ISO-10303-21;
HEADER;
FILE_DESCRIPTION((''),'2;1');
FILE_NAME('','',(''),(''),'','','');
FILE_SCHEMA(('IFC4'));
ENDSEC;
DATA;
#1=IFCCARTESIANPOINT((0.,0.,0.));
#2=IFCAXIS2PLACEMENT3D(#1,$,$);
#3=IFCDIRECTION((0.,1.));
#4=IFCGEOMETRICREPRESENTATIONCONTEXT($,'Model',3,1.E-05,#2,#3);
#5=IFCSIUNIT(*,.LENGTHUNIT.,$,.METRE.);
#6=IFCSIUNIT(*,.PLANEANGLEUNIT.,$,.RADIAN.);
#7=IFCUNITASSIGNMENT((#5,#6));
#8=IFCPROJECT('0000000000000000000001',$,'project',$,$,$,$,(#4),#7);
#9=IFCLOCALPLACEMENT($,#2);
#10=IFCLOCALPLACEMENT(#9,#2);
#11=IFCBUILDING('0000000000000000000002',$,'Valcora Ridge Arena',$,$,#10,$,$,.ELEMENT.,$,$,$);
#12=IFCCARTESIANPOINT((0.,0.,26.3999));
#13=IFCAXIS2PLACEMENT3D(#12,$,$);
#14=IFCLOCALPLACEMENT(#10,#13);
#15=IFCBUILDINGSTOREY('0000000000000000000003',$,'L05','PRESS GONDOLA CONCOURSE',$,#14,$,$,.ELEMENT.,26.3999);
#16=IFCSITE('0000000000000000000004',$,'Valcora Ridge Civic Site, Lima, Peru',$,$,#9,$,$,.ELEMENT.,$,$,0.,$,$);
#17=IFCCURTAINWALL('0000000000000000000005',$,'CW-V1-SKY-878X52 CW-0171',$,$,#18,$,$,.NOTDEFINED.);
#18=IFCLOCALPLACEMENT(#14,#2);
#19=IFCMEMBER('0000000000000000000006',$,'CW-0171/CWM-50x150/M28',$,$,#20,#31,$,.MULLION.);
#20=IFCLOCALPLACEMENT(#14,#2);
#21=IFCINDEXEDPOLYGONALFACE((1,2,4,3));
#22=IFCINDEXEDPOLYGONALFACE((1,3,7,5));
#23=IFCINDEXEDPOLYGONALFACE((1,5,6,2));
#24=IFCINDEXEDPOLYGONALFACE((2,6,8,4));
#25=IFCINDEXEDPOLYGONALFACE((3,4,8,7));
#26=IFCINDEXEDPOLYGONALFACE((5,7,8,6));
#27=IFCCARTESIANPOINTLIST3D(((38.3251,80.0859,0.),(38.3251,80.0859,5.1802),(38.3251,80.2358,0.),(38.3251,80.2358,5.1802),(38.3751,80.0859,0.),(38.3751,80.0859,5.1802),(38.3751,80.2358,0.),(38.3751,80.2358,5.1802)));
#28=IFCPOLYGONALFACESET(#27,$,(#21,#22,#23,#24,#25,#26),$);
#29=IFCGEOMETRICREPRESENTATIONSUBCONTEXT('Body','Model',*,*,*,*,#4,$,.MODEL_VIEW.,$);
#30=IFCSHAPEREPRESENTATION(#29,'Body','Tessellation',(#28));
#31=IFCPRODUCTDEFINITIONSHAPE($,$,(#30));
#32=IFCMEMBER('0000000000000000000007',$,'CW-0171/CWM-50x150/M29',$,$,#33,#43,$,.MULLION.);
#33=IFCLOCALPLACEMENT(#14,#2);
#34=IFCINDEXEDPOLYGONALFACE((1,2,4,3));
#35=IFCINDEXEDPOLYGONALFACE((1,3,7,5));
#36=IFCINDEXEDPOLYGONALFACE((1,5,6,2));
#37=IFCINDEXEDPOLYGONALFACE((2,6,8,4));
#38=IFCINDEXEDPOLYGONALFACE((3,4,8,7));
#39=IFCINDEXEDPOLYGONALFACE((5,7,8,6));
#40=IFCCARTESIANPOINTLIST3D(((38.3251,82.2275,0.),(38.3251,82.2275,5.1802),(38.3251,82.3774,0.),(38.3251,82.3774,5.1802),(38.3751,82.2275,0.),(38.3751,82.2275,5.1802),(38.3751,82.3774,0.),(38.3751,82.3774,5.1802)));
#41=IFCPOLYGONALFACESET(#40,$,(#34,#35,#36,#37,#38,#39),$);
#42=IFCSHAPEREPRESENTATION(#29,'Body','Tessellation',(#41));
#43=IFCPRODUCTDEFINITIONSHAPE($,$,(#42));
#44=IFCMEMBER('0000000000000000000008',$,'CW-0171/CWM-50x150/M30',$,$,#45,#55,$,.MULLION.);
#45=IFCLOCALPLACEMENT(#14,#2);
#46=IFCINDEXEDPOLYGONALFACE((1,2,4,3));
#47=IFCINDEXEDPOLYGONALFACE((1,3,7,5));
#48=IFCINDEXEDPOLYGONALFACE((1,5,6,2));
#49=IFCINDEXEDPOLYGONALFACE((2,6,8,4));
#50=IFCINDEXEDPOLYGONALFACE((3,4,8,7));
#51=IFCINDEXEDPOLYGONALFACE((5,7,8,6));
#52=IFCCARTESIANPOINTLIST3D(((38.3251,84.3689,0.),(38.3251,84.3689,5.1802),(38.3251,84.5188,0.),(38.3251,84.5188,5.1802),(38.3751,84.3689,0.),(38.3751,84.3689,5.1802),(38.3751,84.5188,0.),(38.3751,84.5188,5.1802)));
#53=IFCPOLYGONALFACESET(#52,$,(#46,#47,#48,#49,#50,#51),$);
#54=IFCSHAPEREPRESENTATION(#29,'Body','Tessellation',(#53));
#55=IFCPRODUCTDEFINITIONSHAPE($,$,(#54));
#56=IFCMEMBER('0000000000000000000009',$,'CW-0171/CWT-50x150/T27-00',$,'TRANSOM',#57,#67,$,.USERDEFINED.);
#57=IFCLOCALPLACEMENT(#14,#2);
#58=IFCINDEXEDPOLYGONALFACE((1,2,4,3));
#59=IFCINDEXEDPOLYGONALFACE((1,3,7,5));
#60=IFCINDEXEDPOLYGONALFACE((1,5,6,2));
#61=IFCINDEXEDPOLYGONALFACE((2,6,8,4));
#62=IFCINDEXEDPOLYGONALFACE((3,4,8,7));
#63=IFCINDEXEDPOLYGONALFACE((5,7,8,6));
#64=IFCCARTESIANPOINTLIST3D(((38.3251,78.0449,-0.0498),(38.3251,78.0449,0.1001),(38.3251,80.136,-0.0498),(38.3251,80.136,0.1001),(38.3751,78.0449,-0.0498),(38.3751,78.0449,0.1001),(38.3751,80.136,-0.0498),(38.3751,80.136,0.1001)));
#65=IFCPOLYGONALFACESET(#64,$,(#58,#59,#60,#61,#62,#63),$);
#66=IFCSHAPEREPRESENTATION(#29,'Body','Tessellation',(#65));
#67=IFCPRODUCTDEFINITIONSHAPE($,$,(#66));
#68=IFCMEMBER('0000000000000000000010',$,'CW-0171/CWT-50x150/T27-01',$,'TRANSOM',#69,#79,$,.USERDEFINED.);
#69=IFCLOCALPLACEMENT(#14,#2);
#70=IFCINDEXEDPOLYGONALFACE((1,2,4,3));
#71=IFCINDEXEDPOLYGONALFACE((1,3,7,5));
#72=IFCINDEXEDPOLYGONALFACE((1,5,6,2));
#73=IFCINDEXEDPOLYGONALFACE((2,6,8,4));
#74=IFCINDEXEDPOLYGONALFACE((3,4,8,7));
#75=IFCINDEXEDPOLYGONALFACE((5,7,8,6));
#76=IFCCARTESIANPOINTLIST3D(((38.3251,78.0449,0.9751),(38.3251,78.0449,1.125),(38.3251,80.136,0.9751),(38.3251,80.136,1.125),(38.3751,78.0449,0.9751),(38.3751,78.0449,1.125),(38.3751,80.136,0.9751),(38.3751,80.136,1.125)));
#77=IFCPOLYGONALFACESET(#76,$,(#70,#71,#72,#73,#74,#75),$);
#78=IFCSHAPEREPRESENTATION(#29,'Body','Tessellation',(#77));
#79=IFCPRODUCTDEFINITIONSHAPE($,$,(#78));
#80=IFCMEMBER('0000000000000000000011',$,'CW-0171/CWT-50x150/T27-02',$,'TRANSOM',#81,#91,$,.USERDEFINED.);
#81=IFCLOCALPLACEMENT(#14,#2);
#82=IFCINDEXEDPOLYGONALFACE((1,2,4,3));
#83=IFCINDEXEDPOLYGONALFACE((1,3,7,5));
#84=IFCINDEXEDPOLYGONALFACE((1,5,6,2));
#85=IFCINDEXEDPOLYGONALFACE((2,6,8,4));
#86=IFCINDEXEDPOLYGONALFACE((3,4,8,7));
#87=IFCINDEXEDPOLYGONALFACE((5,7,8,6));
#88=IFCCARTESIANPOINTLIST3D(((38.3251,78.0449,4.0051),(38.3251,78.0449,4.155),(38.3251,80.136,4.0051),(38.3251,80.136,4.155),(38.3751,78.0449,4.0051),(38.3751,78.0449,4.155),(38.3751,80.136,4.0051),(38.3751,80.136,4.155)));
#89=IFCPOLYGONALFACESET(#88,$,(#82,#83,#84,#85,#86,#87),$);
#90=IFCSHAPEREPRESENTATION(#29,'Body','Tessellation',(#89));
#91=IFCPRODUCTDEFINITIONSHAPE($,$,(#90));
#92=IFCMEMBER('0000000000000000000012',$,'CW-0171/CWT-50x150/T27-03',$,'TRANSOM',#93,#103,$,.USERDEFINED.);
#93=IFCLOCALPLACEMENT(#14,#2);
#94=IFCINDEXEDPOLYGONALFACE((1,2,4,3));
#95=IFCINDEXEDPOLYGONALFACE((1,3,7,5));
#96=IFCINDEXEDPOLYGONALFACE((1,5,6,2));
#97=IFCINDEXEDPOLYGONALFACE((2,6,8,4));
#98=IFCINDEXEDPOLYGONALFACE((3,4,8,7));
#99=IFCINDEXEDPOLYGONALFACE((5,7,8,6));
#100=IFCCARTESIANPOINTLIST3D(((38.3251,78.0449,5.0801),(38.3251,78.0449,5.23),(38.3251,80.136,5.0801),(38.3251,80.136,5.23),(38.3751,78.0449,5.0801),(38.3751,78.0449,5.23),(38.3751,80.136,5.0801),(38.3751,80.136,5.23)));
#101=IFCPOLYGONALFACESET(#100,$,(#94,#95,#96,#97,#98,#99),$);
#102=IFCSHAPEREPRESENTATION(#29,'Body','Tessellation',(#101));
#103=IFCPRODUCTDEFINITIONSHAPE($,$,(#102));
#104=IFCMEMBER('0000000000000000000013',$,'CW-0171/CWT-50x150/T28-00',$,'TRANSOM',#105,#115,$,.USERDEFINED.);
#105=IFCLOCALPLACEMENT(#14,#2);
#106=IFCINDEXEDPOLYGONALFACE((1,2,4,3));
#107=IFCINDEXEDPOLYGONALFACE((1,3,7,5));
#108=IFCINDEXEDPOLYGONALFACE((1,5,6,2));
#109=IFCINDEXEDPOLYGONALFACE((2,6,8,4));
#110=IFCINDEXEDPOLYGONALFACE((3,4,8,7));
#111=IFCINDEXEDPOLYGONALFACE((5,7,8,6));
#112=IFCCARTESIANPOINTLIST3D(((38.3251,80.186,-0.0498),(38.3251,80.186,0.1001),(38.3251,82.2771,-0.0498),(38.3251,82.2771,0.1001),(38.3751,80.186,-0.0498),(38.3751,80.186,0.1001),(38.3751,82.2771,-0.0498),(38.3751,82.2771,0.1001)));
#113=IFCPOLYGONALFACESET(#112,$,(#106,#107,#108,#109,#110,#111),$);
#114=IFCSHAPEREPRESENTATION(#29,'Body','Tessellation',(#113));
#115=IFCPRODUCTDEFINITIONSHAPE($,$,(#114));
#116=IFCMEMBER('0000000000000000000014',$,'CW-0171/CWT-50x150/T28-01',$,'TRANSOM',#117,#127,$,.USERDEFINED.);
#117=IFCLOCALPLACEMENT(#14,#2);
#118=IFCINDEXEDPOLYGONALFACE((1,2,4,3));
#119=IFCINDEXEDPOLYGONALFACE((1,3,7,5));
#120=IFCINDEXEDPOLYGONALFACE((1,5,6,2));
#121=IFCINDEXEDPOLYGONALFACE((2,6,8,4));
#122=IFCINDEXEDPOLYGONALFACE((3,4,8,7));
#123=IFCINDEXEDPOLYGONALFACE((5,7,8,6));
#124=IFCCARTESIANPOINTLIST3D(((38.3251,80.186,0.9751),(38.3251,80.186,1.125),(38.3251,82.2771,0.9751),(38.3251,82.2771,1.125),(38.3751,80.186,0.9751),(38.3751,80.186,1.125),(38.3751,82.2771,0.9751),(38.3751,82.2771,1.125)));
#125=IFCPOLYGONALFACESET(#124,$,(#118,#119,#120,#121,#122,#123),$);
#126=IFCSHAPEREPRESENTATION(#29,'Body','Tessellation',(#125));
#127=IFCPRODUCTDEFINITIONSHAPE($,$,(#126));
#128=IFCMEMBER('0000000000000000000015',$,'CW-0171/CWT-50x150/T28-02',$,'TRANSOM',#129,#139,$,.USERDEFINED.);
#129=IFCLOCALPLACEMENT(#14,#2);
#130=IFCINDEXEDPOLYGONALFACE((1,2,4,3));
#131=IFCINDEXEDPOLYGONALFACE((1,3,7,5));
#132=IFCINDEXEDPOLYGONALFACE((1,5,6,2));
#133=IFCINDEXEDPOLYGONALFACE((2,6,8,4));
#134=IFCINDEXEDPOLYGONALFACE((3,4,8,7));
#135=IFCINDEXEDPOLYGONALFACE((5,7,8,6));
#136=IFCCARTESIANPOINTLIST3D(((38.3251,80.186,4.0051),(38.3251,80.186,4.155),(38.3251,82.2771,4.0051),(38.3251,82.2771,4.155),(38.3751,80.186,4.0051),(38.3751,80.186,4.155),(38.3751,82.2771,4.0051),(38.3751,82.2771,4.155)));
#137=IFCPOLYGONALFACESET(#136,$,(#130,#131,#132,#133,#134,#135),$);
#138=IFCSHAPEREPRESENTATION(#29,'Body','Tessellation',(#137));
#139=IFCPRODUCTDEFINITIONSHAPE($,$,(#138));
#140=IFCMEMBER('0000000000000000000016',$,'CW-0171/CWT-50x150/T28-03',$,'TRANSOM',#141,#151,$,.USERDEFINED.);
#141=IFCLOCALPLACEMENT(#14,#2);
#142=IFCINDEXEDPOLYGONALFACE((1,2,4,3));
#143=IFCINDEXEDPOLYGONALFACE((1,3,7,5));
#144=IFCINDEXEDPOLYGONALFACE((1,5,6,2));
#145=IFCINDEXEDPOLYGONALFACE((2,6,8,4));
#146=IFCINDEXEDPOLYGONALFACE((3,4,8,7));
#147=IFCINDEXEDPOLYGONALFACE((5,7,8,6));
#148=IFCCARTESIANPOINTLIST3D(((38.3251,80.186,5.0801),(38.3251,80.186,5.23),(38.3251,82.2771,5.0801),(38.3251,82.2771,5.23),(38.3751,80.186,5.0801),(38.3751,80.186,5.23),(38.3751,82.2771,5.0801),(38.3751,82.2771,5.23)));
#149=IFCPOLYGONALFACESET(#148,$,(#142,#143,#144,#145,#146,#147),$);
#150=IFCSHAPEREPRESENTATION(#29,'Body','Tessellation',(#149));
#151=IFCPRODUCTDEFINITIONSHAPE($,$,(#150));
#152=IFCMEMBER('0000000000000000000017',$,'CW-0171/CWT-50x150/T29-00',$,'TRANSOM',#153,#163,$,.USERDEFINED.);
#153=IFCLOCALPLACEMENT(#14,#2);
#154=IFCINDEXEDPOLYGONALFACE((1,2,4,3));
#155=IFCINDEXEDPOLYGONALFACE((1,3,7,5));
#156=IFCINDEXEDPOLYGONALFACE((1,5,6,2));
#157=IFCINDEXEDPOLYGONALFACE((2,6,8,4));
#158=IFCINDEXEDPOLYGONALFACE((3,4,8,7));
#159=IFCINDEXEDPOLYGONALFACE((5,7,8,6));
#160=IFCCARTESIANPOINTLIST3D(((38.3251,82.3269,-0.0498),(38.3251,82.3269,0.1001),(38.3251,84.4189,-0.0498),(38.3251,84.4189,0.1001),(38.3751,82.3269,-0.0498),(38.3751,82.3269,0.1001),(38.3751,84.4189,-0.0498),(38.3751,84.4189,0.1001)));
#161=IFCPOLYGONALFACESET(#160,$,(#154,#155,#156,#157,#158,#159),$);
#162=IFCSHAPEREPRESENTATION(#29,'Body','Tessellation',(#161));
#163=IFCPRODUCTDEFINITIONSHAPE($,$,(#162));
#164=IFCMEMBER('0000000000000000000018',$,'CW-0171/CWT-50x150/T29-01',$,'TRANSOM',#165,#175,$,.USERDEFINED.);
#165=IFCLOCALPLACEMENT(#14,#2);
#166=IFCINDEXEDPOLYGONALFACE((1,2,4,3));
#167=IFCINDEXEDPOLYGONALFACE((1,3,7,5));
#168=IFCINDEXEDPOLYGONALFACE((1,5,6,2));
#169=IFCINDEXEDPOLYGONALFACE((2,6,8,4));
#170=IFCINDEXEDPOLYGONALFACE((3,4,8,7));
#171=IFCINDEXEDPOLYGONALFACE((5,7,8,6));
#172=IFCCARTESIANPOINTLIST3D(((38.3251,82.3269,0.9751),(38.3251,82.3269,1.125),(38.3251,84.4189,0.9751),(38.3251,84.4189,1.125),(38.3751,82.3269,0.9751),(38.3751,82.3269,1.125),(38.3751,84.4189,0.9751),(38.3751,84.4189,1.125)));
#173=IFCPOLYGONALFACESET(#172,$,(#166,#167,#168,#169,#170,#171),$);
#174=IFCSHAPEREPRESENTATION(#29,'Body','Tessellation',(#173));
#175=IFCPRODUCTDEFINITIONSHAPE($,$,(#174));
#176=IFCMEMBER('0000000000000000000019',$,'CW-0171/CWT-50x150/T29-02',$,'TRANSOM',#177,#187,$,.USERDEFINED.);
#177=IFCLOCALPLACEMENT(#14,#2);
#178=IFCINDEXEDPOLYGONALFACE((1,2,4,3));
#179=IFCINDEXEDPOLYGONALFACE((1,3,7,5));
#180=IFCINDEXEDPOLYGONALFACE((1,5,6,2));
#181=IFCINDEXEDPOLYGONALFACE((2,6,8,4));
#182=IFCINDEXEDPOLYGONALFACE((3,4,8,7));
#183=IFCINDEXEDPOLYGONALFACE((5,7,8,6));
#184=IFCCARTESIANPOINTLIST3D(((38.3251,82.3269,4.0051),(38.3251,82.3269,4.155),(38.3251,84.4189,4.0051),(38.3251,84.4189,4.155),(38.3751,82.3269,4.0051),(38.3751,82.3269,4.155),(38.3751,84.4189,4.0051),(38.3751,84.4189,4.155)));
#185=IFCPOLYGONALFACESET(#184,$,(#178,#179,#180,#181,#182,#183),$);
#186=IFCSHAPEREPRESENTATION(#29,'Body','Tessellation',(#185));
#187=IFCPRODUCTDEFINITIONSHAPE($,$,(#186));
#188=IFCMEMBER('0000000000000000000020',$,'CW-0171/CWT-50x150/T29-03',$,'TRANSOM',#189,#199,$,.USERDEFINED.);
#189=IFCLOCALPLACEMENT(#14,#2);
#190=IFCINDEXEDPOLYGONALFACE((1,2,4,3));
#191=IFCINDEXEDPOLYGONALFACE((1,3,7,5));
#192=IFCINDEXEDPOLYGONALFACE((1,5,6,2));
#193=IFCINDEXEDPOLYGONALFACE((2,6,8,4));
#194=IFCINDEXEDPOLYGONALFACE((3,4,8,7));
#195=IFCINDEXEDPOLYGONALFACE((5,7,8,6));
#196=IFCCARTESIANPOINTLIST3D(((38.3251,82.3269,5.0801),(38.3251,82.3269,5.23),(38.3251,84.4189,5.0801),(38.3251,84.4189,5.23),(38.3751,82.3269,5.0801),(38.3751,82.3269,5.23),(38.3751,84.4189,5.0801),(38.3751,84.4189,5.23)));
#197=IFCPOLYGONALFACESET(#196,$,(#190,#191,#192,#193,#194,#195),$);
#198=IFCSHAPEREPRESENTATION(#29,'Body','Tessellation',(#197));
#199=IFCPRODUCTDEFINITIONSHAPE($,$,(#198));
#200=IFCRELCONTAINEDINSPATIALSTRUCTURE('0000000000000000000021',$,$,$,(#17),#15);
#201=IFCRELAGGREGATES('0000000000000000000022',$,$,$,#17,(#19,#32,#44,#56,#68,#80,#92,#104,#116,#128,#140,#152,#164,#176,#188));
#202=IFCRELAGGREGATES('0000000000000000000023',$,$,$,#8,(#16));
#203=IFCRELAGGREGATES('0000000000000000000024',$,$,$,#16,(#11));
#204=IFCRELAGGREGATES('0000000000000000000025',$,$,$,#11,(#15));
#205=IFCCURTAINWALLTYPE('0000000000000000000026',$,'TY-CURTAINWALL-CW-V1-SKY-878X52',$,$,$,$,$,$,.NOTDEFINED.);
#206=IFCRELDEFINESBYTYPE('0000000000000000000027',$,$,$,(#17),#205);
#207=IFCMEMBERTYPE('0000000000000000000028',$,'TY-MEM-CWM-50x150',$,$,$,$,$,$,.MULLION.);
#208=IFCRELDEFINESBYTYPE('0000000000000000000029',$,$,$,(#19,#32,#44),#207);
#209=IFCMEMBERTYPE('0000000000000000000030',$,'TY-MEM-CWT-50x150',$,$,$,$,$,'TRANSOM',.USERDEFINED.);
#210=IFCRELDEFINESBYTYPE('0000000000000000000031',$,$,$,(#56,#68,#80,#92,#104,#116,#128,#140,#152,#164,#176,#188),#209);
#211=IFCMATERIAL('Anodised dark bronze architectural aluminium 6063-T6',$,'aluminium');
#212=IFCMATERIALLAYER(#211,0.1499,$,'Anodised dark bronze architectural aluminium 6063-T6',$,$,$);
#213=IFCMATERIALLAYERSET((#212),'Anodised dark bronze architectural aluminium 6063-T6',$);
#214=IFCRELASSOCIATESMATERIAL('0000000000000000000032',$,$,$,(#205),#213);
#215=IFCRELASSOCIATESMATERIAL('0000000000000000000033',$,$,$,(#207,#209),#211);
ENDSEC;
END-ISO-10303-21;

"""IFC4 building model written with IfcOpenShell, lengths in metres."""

from ifc_helpers import new_model, si_unit, direction, frame, origin, origin_2d, place, context, subcontext, project, spatial, rectangle, extrude, material, layer, layer_set, material_profile, profile_set, type_object, element, aggregate, save


model = new_model("IFC4")

# Units and contexts
model_context = context("Model", 3, precision=1e-05, world=origin(), true_north=direction((0.0, 1.0)))
body_context = subcontext(model_context, "Body", "Model", "MODEL_VIEW")
ifc_project = project(units=[si_unit("LENGTHUNIT", "METRE"), si_unit("PLANEANGLEUNIT", "RADIAN")], contexts=[model_context])

# Site, building, storey
site_placement = place(None, origin())
site = spatial("IfcSite", under=ifc_project, at=site_placement, Name="Valcora Ridge Civic Site, Lima, Peru", CompositionType="ELEMENT", RefElevation=0.0)
building_placement = place(site_placement, origin())
building = spatial("IfcBuilding", under=site, at=building_placement, Name="Valcora Ridge Arena", CompositionType="ELEMENT")
storey_placement = place(building_placement, frame((0.0, 0.0, 26.3999)))
storey = spatial("IfcBuildingStorey", under=building, at=storey_placement, Name="L05", Description="PRESS GONDOLA CONCOURSE", CompositionType="ELEMENT", Elevation=26.3999)

# Curtain wall, members
ifc_material_1 = material(Name="Anodised dark bronze architectural aluminium 6063-T6", Category="aluminium")
ifc_layer_1 = layer(ifc_material_1, 0.1499, Name="Anodised dark bronze architectural aluminium 6063-T6")
ifc_layer_set_1 = layer_set([ifc_layer_1], Name="Anodised dark bronze architectural aluminium 6063-T6")
curtain_wall_type = type_object("IfcCurtainWallType", Name="TY-CURTAINWALL-CW-V1-SKY-878X52", PredefinedType="NOTDEFINED", material=ifc_layer_set_1)
curtain_wall_placement = place(storey_placement, origin())
curtain_wall = element("IfcCurtainWall", 1, at=curtain_wall_placement, inside=storey, type_object=curtain_wall_type, Name="CW-V1-SKY-878X52 CW-0171", PredefinedType="NOTDEFINED")
ifc_material_profile_1 = material_profile(ifc_material_1, rectangle(XDim=0.05, YDim=0.1499, at=origin_2d()), Name="ALU MULLION 50x150")
ifc_profile_set_1 = profile_set([ifc_material_profile_1], Name="Anodised dark bronze architectural aluminium 6063-T6")
member_type_1 = type_object("IfcMemberType", Name="TY-MEM-CWM-50x150", PredefinedType="MULLION", material=ifc_profile_set_1)
member_1_placement = place(storey_placement, frame((38.3501, 80.1609, 0.0), z_axis=(0.0, 0.0, 1.0), x_axis=(-1.0, 0.0, 0.0)))
member_1 = element("IfcMember", 2, at=member_1_placement, type_object=member_type_1, Name="CW-0171/CWM-50x150/M28", PredefinedType="MULLION", context=body_context, shape_type="SweptSolid", body=[
    extrude(rectangle(XDim=0.05, YDim=0.1499, at=origin_2d()), origin(), (0.0, 0.0, 1.0), 5.1802),
])
member_2_placement = place(storey_placement, frame((38.3501, 82.3025, 0.0), z_axis=(0.0, 0.0, 1.0), x_axis=(-1.0, 0.0, 0.0)))
member_2 = element("IfcMember", 3, at=member_2_placement, type_object=member_type_1, Name="CW-0171/CWM-50x150/M29", PredefinedType="MULLION", context=body_context, shape_type="SweptSolid", body=[
    extrude(rectangle(XDim=0.05, YDim=0.1499, at=origin_2d()), origin(), (0.0, 0.0, 1.0), 5.1802),
])
member_3_placement = place(storey_placement, frame((38.3501, 84.4438, 0.0), z_axis=(0.0, 0.0, 1.0), x_axis=(-1.0, 0.0, 0.0)))
member_3 = element("IfcMember", 4, at=member_3_placement, type_object=member_type_1, Name="CW-0171/CWM-50x150/M30", PredefinedType="MULLION", context=body_context, shape_type="SweptSolid", body=[
    extrude(rectangle(XDim=0.05, YDim=0.1499, at=origin_2d()), origin(), (0.0, 0.0, 1.0), 5.1802),
])
ifc_material_profile_2 = material_profile(ifc_material_1, rectangle(XDim=0.05, YDim=0.1499, at=origin_2d()), Name="ALU TRANSOM 50x150")
ifc_profile_set_2 = profile_set([ifc_material_profile_2], Name="Anodised dark bronze architectural aluminium 6063-T6")
member_type_2 = type_object("IfcMemberType", Name="TY-MEM-CWT-50x150", ElementType="TRANSOM", PredefinedType="USERDEFINED", material=ifc_profile_set_2)
member_4_placement = place(storey_placement, frame((38.3501, 78.0449, 0.0251), z_axis=(0.0, 1.0, 0.0), x_axis=(-1.0, 0.0, 0.0)))
member_4 = element("IfcMember", 5, at=member_4_placement, type_object=member_type_2, Name="CW-0171/CWT-50x150/T27-00", ObjectType="TRANSOM", PredefinedType="USERDEFINED", context=body_context, shape_type="SweptSolid", body=[
    extrude(rectangle(XDim=0.05, YDim=0.1499, at=origin_2d()), origin(), (0.0, 0.0, 1.0), 2.0911),
])
member_5_placement = place(storey_placement, frame((38.3501, 78.0449, 1.05), z_axis=(0.0, 1.0, 0.0), x_axis=(-1.0, 0.0, 0.0)))
member_5 = element("IfcMember", 6, at=member_5_placement, type_object=member_type_2, Name="CW-0171/CWT-50x150/T27-01", ObjectType="TRANSOM", PredefinedType="USERDEFINED", context=body_context, shape_type="SweptSolid", body=[
    extrude(rectangle(XDim=0.05, YDim=0.1499, at=origin_2d()), origin(), (0.0, 0.0, 1.0), 2.0911),
])
member_6_placement = place(storey_placement, frame((38.3501, 78.0449, 4.0801), z_axis=(0.0, 1.0, 0.0), x_axis=(-1.0, 0.0, 0.0)))
member_6 = element("IfcMember", 7, at=member_6_placement, type_object=member_type_2, Name="CW-0171/CWT-50x150/T27-02", ObjectType="TRANSOM", PredefinedType="USERDEFINED", context=body_context, shape_type="SweptSolid", body=[
    extrude(rectangle(XDim=0.05, YDim=0.1499, at=origin_2d()), origin(), (0.0, 0.0, 1.0), 2.0911),
])
member_7_placement = place(storey_placement, frame((38.3501, 78.0449, 5.155), z_axis=(0.0, 1.0, 0.0), x_axis=(-1.0, 0.0, 0.0)))
member_7 = element("IfcMember", 8, at=member_7_placement, type_object=member_type_2, Name="CW-0171/CWT-50x150/T27-03", ObjectType="TRANSOM", PredefinedType="USERDEFINED", context=body_context, shape_type="SweptSolid", body=[
    extrude(rectangle(XDim=0.05, YDim=0.1499, at=origin_2d()), origin(), (0.0, 0.0, 1.0), 2.0911),
])
member_8_placement = place(storey_placement, frame((38.3501, 80.186, 0.0251), z_axis=(0.0, 1.0, 0.0), x_axis=(-1.0, 0.0, 0.0)))
member_8 = element("IfcMember", 9, at=member_8_placement, type_object=member_type_2, Name="CW-0171/CWT-50x150/T28-00", ObjectType="TRANSOM", PredefinedType="USERDEFINED", context=body_context, shape_type="SweptSolid", body=[
    extrude(rectangle(XDim=0.05, YDim=0.1499, at=origin_2d()), origin(), (0.0, 0.0, 1.0), 2.0911),
])
member_9_placement = place(storey_placement, frame((38.3501, 80.186, 1.05), z_axis=(0.0, 1.0, 0.0), x_axis=(-1.0, 0.0, 0.0)))
member_9 = element("IfcMember", 10, at=member_9_placement, type_object=member_type_2, Name="CW-0171/CWT-50x150/T28-01", ObjectType="TRANSOM", PredefinedType="USERDEFINED", context=body_context, shape_type="SweptSolid", body=[
    extrude(rectangle(XDim=0.05, YDim=0.1499, at=origin_2d()), origin(), (0.0, 0.0, 1.0), 2.0911),
])
member_10_placement = place(storey_placement, frame((38.3501, 80.186, 4.0801), z_axis=(0.0, 1.0, 0.0), x_axis=(-1.0, 0.0, 0.0)))
member_10 = element("IfcMember", 11, at=member_10_placement, type_object=member_type_2, Name="CW-0171/CWT-50x150/T28-02", ObjectType="TRANSOM", PredefinedType="USERDEFINED", context=body_context, shape_type="SweptSolid", body=[
    extrude(rectangle(XDim=0.05, YDim=0.1499, at=origin_2d()), origin(), (0.0, 0.0, 1.0), 2.0911),
])
member_11_placement = place(storey_placement, frame((38.3501, 80.186, 5.155), z_axis=(0.0, 1.0, 0.0), x_axis=(-1.0, 0.0, 0.0)))
member_11 = element("IfcMember", 12, at=member_11_placement, type_object=member_type_2, Name="CW-0171/CWT-50x150/T28-03", ObjectType="TRANSOM", PredefinedType="USERDEFINED", context=body_context, shape_type="SweptSolid", body=[
    extrude(rectangle(XDim=0.05, YDim=0.1499, at=origin_2d()), origin(), (0.0, 0.0, 1.0), 2.0911),
])
member_12_placement = place(storey_placement, frame((38.3501, 82.3269, 0.0251), z_axis=(0.0, 1.0, 0.0), x_axis=(-1.0, 0.0, 0.0)))
member_12 = element("IfcMember", 13, at=member_12_placement, type_object=member_type_2, Name="CW-0171/CWT-50x150/T29-00", ObjectType="TRANSOM", PredefinedType="USERDEFINED", context=body_context, shape_type="SweptSolid", body=[
    extrude(rectangle(XDim=0.05, YDim=0.1499, at=origin_2d()), origin(), (0.0, 0.0, 1.0), 2.092),
])
member_13_placement = place(storey_placement, frame((38.3501, 82.3269, 1.05), z_axis=(0.0, 1.0, 0.0), x_axis=(-1.0, 0.0, 0.0)))
member_13 = element("IfcMember", 14, at=member_13_placement, type_object=member_type_2, Name="CW-0171/CWT-50x150/T29-01", ObjectType="TRANSOM", PredefinedType="USERDEFINED", context=body_context, shape_type="SweptSolid", body=[
    extrude(rectangle(XDim=0.05, YDim=0.1499, at=origin_2d()), origin(), (0.0, 0.0, 1.0), 2.092),
])
member_14_placement = place(storey_placement, frame((38.3501, 82.3269, 4.0801), z_axis=(0.0, 1.0, 0.0), x_axis=(-1.0, 0.0, 0.0)))
member_14 = element("IfcMember", 15, at=member_14_placement, type_object=member_type_2, Name="CW-0171/CWT-50x150/T29-02", ObjectType="TRANSOM", PredefinedType="USERDEFINED", context=body_context, shape_type="SweptSolid", body=[
    extrude(rectangle(XDim=0.05, YDim=0.1499, at=origin_2d()), origin(), (0.0, 0.0, 1.0), 2.092),
])
member_15_placement = place(storey_placement, frame((38.3501, 82.3269, 5.155), z_axis=(0.0, 1.0, 0.0), x_axis=(-1.0, 0.0, 0.0)))
member_15 = element("IfcMember", 16, at=member_15_placement, type_object=member_type_2, Name="CW-0171/CWT-50x150/T29-03", ObjectType="TRANSOM", PredefinedType="USERDEFINED", context=body_context, shape_type="SweptSolid", body=[
    extrude(rectangle(XDim=0.05, YDim=0.1499, at=origin_2d()), origin(), (0.0, 0.0, 1.0), 2.092),
])
aggregate(curtain_wall, [member_1, member_2, member_3, member_4, member_5, member_6, member_7, member_8, member_9, member_10, member_11, member_12, member_13, member_14, member_15])

save(model, "model.ifc")
